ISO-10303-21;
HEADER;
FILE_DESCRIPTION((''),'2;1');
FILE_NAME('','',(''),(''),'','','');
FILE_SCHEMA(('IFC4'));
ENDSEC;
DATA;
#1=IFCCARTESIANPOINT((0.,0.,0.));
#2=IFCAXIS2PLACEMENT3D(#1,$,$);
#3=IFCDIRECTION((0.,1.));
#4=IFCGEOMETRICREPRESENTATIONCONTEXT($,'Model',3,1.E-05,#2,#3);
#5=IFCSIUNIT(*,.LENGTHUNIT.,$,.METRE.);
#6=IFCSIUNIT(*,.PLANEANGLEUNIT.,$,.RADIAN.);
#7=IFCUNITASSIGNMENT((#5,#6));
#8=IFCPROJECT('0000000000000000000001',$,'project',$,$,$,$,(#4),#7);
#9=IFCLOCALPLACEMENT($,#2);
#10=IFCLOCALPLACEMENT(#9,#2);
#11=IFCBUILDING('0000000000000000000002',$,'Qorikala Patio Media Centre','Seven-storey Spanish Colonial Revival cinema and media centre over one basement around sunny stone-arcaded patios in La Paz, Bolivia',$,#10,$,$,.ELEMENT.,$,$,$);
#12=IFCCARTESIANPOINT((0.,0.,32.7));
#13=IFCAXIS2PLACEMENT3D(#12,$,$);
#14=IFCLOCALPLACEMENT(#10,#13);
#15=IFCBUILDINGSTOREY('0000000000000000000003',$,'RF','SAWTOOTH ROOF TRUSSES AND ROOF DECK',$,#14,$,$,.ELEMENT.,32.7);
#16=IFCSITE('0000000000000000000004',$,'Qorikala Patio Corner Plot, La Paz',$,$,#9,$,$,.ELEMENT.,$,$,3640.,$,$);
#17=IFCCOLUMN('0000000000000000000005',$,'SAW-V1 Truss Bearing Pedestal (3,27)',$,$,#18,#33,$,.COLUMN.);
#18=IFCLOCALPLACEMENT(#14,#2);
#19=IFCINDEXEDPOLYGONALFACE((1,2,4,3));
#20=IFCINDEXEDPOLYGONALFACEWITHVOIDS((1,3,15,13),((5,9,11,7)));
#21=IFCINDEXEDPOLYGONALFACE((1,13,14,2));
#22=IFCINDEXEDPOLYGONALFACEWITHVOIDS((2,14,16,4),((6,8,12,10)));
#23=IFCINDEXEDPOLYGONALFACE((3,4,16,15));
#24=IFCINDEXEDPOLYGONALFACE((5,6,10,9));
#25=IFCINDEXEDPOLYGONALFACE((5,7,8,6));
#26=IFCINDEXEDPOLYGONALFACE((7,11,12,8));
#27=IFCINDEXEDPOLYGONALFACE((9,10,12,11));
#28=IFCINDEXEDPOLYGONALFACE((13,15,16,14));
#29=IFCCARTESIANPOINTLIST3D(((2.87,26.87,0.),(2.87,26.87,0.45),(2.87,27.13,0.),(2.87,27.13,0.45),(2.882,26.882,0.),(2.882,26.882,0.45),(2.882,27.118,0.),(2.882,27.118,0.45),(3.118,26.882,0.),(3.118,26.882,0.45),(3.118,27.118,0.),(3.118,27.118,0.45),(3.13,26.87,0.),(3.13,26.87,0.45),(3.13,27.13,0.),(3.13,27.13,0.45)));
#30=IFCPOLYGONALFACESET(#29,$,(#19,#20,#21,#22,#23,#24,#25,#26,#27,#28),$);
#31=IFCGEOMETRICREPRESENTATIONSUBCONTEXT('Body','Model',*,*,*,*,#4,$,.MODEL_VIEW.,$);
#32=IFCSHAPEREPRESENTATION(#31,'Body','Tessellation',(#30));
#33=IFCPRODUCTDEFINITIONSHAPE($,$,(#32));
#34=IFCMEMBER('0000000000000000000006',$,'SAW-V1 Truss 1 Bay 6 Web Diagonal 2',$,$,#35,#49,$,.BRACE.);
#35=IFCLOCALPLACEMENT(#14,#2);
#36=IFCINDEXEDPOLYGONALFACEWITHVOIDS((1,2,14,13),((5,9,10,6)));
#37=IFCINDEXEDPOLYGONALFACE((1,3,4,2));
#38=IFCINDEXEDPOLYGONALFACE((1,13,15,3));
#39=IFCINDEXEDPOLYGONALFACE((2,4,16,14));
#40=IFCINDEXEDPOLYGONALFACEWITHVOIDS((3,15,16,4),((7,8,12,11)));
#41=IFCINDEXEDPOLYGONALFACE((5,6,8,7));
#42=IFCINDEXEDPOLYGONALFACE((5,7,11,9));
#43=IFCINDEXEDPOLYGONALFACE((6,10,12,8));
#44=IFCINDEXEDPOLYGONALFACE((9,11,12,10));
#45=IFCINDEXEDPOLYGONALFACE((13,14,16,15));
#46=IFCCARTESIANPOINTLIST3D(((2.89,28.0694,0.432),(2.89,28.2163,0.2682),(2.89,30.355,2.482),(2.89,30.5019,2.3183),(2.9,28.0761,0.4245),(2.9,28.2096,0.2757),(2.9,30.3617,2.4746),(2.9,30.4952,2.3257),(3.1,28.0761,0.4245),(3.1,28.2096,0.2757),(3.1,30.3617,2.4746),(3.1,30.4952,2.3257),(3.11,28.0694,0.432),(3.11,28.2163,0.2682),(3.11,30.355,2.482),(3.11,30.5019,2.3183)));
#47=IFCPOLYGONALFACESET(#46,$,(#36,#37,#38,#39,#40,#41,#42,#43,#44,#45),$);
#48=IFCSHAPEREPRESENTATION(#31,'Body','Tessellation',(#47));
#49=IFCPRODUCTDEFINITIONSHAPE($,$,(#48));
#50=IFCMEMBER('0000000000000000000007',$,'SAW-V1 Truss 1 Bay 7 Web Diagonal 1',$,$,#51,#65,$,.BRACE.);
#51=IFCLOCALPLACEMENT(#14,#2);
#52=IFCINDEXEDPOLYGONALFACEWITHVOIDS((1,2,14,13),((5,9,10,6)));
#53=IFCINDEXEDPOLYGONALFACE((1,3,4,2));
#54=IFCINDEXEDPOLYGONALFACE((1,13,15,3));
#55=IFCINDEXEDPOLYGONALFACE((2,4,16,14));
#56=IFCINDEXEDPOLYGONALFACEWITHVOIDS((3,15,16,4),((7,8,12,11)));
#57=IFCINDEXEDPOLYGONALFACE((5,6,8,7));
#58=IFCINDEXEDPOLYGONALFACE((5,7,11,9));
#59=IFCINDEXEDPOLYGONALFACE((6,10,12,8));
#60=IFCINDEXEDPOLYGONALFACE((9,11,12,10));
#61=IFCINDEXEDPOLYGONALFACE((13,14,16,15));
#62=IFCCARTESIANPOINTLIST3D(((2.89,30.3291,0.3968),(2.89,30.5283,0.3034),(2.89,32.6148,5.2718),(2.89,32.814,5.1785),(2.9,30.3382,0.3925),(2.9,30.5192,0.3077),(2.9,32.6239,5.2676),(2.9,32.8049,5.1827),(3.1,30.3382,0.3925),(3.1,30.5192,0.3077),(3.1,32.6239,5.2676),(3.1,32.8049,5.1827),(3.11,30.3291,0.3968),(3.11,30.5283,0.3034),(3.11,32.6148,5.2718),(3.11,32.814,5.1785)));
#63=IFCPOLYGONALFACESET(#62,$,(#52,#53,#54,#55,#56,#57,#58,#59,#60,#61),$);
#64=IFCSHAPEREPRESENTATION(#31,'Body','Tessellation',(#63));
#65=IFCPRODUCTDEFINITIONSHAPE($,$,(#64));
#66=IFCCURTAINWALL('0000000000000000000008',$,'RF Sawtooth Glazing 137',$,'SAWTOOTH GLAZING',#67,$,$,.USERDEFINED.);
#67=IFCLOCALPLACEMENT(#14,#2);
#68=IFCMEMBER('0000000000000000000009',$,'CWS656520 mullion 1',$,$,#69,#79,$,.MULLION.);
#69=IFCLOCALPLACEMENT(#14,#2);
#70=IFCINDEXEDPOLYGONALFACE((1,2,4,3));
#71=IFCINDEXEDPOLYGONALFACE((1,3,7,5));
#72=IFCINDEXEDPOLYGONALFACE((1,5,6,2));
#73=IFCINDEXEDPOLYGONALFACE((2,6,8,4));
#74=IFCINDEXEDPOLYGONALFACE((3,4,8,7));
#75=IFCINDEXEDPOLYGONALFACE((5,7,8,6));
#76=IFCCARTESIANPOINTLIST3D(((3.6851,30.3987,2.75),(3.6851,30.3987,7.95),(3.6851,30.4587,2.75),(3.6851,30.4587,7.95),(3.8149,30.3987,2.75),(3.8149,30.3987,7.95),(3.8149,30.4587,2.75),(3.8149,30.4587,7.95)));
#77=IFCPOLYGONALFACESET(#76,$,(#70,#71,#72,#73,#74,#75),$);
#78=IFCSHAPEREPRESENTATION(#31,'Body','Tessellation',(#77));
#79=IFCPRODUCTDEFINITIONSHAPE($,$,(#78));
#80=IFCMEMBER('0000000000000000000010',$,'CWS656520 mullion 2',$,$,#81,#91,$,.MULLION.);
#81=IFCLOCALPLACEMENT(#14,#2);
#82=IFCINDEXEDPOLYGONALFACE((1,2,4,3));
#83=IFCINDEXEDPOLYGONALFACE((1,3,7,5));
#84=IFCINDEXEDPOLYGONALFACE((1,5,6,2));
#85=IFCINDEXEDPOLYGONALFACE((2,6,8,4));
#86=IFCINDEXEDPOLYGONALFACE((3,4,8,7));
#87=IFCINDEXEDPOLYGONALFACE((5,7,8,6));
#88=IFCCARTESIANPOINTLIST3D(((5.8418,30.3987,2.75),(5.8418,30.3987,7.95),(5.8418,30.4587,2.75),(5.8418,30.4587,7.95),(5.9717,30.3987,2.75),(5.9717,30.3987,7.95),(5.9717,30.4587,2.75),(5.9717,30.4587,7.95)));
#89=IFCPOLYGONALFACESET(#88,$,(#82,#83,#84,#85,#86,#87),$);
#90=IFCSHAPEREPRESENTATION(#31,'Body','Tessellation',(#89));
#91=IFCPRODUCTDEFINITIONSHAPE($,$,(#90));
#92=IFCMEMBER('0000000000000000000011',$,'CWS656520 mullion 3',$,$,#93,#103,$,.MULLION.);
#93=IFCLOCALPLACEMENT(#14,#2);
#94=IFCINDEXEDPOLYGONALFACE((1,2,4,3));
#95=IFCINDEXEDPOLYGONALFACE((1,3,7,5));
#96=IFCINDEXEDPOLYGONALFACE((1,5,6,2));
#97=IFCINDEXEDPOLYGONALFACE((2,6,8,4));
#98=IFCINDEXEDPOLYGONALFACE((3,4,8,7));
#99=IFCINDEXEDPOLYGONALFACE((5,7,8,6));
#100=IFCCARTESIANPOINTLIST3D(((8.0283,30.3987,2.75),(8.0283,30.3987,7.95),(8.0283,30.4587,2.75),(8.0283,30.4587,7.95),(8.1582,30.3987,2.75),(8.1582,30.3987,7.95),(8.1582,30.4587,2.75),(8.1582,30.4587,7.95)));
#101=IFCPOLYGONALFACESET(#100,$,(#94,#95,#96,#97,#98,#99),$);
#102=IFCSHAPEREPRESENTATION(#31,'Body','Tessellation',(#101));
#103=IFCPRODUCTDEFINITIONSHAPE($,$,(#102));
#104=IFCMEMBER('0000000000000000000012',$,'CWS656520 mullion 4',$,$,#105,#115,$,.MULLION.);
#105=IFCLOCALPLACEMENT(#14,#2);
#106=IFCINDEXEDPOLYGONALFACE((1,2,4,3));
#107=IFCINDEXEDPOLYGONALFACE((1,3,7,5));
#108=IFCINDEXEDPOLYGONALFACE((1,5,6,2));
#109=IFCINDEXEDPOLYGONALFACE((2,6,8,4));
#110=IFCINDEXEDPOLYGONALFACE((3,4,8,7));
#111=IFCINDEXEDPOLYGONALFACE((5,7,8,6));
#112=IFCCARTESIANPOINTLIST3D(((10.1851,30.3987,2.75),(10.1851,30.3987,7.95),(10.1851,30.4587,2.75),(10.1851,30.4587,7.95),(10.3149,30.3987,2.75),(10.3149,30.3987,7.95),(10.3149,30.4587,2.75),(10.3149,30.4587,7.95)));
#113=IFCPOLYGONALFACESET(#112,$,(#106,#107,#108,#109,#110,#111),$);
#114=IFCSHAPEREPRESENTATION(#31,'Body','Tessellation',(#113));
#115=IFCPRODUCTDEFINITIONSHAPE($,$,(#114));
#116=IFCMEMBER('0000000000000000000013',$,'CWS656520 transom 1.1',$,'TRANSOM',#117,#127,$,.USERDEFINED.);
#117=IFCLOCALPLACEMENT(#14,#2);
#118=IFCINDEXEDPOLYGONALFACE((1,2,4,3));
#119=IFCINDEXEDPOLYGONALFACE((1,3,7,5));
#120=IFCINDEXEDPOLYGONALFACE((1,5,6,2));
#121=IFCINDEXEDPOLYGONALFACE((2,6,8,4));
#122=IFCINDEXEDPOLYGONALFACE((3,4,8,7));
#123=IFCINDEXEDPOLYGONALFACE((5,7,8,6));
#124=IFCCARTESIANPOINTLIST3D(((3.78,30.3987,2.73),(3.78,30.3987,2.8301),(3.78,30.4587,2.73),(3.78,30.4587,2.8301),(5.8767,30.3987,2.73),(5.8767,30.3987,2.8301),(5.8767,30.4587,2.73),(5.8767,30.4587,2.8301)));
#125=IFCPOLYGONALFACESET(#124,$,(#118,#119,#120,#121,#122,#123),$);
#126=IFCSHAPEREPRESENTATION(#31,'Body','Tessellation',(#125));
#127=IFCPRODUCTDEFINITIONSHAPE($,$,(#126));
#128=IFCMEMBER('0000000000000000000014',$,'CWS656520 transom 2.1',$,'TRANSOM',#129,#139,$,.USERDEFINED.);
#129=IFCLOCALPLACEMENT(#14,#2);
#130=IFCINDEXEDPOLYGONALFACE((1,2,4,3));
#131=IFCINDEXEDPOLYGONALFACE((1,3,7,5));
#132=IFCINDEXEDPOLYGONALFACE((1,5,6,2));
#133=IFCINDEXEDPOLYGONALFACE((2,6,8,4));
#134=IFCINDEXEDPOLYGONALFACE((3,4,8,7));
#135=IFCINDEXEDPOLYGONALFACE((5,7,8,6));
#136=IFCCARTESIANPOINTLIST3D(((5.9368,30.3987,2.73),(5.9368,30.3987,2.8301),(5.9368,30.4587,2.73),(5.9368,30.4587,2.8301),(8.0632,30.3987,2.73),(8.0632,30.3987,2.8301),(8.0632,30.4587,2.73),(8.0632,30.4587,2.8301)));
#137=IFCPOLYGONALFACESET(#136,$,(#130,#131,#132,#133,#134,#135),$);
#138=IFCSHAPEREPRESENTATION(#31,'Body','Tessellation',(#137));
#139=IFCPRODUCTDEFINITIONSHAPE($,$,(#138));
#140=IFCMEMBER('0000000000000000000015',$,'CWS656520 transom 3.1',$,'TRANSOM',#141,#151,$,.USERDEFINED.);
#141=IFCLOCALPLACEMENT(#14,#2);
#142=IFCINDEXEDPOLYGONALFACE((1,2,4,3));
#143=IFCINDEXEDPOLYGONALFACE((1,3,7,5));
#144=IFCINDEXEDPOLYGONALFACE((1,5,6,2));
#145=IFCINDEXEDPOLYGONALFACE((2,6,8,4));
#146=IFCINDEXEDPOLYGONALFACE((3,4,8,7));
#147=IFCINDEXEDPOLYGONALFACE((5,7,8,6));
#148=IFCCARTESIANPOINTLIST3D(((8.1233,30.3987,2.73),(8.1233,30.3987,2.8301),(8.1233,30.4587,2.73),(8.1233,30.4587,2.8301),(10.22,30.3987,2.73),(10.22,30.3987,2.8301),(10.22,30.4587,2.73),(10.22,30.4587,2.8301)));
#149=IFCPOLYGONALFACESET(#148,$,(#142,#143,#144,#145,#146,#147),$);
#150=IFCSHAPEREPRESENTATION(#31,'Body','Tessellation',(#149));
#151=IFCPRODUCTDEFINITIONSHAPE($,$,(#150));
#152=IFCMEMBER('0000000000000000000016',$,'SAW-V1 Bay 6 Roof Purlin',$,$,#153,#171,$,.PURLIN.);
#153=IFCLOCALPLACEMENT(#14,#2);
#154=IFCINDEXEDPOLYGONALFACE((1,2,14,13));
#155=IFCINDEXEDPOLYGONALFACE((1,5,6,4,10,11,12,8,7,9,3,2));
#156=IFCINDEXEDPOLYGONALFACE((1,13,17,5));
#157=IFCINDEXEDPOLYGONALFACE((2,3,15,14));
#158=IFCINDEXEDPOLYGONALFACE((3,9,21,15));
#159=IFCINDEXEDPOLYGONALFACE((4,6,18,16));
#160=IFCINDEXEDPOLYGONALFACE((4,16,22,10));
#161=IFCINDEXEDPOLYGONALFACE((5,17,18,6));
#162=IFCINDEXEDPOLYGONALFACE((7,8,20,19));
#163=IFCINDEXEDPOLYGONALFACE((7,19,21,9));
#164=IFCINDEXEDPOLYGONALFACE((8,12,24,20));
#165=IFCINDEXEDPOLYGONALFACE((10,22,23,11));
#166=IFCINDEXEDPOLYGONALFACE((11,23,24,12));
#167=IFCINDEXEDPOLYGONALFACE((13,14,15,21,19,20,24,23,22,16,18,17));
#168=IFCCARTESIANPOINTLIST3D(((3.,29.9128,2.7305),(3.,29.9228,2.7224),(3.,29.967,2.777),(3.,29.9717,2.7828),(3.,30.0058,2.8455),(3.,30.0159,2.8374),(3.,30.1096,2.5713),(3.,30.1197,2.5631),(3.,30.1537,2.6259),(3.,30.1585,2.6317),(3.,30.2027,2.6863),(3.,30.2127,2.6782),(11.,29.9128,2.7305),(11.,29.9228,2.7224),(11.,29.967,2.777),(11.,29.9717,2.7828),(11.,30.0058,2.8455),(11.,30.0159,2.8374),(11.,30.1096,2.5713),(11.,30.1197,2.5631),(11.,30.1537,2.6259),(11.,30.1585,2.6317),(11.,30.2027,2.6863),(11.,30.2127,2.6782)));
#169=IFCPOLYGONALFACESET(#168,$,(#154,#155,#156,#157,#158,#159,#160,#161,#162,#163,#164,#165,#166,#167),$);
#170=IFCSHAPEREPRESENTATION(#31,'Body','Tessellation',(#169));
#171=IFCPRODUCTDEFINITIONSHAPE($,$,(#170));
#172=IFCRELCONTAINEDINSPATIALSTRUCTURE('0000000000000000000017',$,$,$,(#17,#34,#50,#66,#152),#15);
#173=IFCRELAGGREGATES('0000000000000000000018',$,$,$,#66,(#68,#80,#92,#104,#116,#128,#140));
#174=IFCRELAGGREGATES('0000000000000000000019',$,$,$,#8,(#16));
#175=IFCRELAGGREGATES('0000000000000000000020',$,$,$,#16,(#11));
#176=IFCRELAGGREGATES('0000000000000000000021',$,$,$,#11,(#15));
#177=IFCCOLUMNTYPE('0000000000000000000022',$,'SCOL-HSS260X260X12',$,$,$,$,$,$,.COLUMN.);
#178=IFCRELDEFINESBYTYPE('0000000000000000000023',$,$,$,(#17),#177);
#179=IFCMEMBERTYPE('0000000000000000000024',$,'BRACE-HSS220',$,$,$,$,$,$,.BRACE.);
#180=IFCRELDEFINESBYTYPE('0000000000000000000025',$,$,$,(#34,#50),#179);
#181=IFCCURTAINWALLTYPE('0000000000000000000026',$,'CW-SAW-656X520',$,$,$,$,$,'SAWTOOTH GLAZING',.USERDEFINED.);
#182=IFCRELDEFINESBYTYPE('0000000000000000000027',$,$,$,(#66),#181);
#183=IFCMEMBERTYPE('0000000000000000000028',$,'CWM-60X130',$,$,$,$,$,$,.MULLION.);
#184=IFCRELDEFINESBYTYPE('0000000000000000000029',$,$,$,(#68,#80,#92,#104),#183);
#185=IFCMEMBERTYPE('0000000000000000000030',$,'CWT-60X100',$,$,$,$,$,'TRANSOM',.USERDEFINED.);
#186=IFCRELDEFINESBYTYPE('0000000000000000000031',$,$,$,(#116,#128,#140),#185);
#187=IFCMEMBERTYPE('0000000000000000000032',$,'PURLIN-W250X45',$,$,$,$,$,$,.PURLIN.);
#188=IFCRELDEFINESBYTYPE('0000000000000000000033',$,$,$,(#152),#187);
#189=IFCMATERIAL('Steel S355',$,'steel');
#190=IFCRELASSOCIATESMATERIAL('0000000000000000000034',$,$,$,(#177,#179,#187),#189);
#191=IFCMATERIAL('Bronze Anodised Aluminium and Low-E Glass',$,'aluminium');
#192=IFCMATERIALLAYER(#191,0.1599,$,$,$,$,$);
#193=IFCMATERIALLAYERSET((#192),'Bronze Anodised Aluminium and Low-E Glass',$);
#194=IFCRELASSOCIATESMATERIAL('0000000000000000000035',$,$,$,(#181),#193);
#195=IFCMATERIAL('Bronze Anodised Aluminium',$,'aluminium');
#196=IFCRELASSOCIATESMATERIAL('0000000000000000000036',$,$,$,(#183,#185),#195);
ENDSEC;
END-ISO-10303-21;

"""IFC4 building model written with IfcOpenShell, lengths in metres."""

from ifc_helpers import new_model, si_unit, direction, frame, origin, origin_2d, place, context, subcontext, project, spatial, rectangle, hollow_rectangle, i_section, extrude, material, layer, layer_set, material_profile, profile_set, type_object, element, aggregate, save


model = new_model("IFC4")

# Units and contexts
model_context = context("Model", 3, precision=1e-05, world=origin(), true_north=direction((0.0, 1.0)))
body_context = subcontext(model_context, "Body", "Model", "MODEL_VIEW")
ifc_project = project(units=[si_unit("LENGTHUNIT", "METRE"), si_unit("PLANEANGLEUNIT", "RADIAN")], contexts=[model_context])

# Site, building, storey
site_placement = place(None, origin())
site = spatial("IfcSite", under=ifc_project, at=site_placement, Name="Qorikala Patio Corner Plot, La Paz", CompositionType="ELEMENT", RefElevation=3640.0)
building_placement = place(site_placement, origin())
building = spatial("IfcBuilding", under=site, at=building_placement, Name="Qorikala Patio Media Centre", Description="Seven-storey Spanish Colonial Revival cinema and media centre over one basement around sunny stone-arcaded patios in La Paz, Bolivia", CompositionType="ELEMENT")
storey_placement = place(building_placement, frame((0.0, 0.0, 32.7)))
storey = spatial("IfcBuildingStorey", under=building, at=storey_placement, Name="RF", Description="SAWTOOTH ROOF TRUSSES AND ROOF DECK", CompositionType="ELEMENT", Elevation=32.7)

# Column
ifc_material_1 = material(Name="Steel S355", Category="steel")
ifc_material_profile_1 = material_profile(ifc_material_1, hollow_rectangle(XDim=0.26, YDim=0.26, WallThickness=0.012, at=origin_2d()), Name="HSS260X260X12")
ifc_profile_set_1 = profile_set([ifc_material_profile_1], Name="Steel S355")
column_type = type_object("IfcColumnType", Name="SCOL-HSS260X260X12", PredefinedType="COLUMN", material=ifc_profile_set_1)
column_placement = place(storey_placement, frame((3.0, 27.0, 0.0), z_axis=(0.0, 0.0, 1.0), x_axis=(1.0, 0.0, 0.0)))
element("IfcColumn", 1, at=column_placement, inside=storey, type_object=column_type, Name="SAW-V1 Truss Bearing Pedestal (3,27)", PredefinedType="COLUMN", context=body_context, shape_type="SweptSolid", body=[
    extrude(hollow_rectangle(XDim=0.26, YDim=0.26, WallThickness=0.012, at=origin_2d()), origin(), (0.0, 0.0, 1.0), 0.45),
])

# Members
ifc_material_profile_2 = material_profile(ifc_material_1, hollow_rectangle(XDim=0.22, YDim=0.22, WallThickness=0.01, at=origin_2d()), Name="HSS220X220X10")
ifc_profile_set_2 = profile_set([ifc_material_profile_2], Name="Steel S355")
member_type_1 = type_object("IfcMemberType", Name="BRACE-HSS220", PredefinedType="BRACE", material=ifc_profile_set_2)
member_1_placement = place(storey_placement, frame((3.0, 28.1428, 0.3501), z_axis=(0.0, 0.744432, 0.667699), x_axis=(-1.0, 0.0, 0.0)))
element("IfcMember", 2, at=member_1_placement, inside=storey, type_object=member_type_1, Name="SAW-V1 Truss 1 Bay 6 Web Diagonal 2", PredefinedType="BRACE", context=body_context, shape_type="SweptSolid", body=[
    extrude(hollow_rectangle(XDim=0.22, YDim=0.22, WallThickness=0.01, at=origin_2d()), origin(), (0.0, 0.0, 1.0), 3.0703),
])
member_2_placement = place(storey_placement, frame((3.0, 30.4287, 0.3501), z_axis=(0.0, 0.424508, 0.905424), x_axis=(-1.0, 0.0, 0.0)))
element("IfcMember", 3, at=member_2_placement, inside=storey, type_object=member_type_1, Name="SAW-V1 Truss 1 Bay 7 Web Diagonal 1", PredefinedType="BRACE", context=body_context, shape_type="SweptSolid", body=[
    extrude(hollow_rectangle(XDim=0.22, YDim=0.22, WallThickness=0.01, at=origin_2d()), origin(), (0.0, 0.0, 1.0), 5.3843),
])

# Curtain wall, members
ifc_material_2 = material(Name="Bronze Anodised Aluminium and Low-E Glass", Category="aluminium")
ifc_layer_1 = layer(ifc_material_2, 0.1599)
ifc_layer_set_1 = layer_set([ifc_layer_1], Name="Bronze Anodised Aluminium and Low-E Glass")
curtain_wall_type = type_object("IfcCurtainWallType", Name="CW-SAW-656X520", ElementType="SAWTOOTH GLAZING", PredefinedType="USERDEFINED", material=ifc_layer_set_1)
curtain_wall_placement = place(storey_placement, origin())
curtain_wall = element("IfcCurtainWall", 4, at=curtain_wall_placement, inside=storey, type_object=curtain_wall_type, Name="RF Sawtooth Glazing 137", ObjectType="SAWTOOTH GLAZING", PredefinedType="USERDEFINED")
ifc_material_3 = material(Name="Bronze Anodised Aluminium", Category="aluminium")
ifc_material_profile_3 = material_profile(ifc_material_3, rectangle(XDim=0.0601, YDim=0.1299, at=origin_2d()), Name="ALU MULLION 60x130")
ifc_profile_set_3 = profile_set([ifc_material_profile_3], Name="Bronze Anodised Aluminium")
member_type_2 = type_object("IfcMemberType", Name="CWM-60X130", PredefinedType="MULLION", material=ifc_profile_set_3)
member_3_placement = place(storey_placement, frame((3.75, 30.4287, 2.75), z_axis=(0.0, 0.0, 1.0), x_axis=(0.0, 1.0, 0.0)))
member_3 = element("IfcMember", 5, at=member_3_placement, type_object=member_type_2, Name="CWS656520 mullion 1", PredefinedType="MULLION", context=body_context, shape_type="SweptSolid", body=[
    extrude(rectangle(XDim=0.0601, YDim=0.1299, at=origin_2d()), origin(), (0.0, 0.0, 1.0), 5.2),
])
member_4_placement = place(storey_placement, frame((5.9067, 30.4287, 2.75), z_axis=(0.0, 0.0, 1.0), x_axis=(0.0, 1.0, 0.0)))
member_4 = element("IfcMember", 6, at=member_4_placement, type_object=member_type_2, Name="CWS656520 mullion 2", PredefinedType="MULLION", context=body_context, shape_type="SweptSolid", body=[
    extrude(rectangle(XDim=0.0601, YDim=0.1299, at=origin_2d()), origin(), (0.0, 0.0, 1.0), 5.2),
])
member_5_placement = place(storey_placement, frame((8.0933, 30.4287, 2.75), z_axis=(0.0, 0.0, 1.0), x_axis=(0.0, 1.0, 0.0)))
member_5 = element("IfcMember", 7, at=member_5_placement, type_object=member_type_2, Name="CWS656520 mullion 3", PredefinedType="MULLION", context=body_context, shape_type="SweptSolid", body=[
    extrude(rectangle(XDim=0.0601, YDim=0.1299, at=origin_2d()), origin(), (0.0, 0.0, 1.0), 5.2),
])
member_6_placement = place(storey_placement, frame((10.25, 30.4287, 2.75), z_axis=(0.0, 0.0, 1.0), x_axis=(0.0, 1.0, 0.0)))
member_6 = element("IfcMember", 8, at=member_6_placement, type_object=member_type_2, Name="CWS656520 mullion 4", PredefinedType="MULLION", context=body_context, shape_type="SweptSolid", body=[
    extrude(rectangle(XDim=0.0601, YDim=0.1299, at=origin_2d()), origin(), (0.0, 0.0, 1.0), 5.2),
])
ifc_material_profile_4 = material_profile(ifc_material_3, rectangle(XDim=0.0601, YDim=0.1001, at=origin_2d()), Name="ALU TRANSOM 60x100")
ifc_profile_set_4 = profile_set([ifc_material_profile_4], Name="Bronze Anodised Aluminium")
member_type_3 = type_object("IfcMemberType", Name="CWT-60X100", ElementType="TRANSOM", PredefinedType="USERDEFINED", material=ifc_profile_set_4)
member_7_placement = place(storey_placement, frame((3.78, 30.4287, 2.78), z_axis=(1.0, 0.0, 0.0), x_axis=(0.0, 1.0, 0.0)))
member_7 = element("IfcMember", 9, at=member_7_placement, type_object=member_type_3, Name="CWS656520 transom 1.1", ObjectType="TRANSOM", PredefinedType="USERDEFINED", context=body_context, shape_type="SweptSolid", body=[
    extrude(rectangle(XDim=0.0601, YDim=0.1001, at=origin_2d()), origin(), (0.0, 0.0, 1.0), 2.0967),
])
member_8_placement = place(storey_placement, frame((5.9368, 30.4287, 2.78), z_axis=(1.0, 0.0, 0.0), x_axis=(0.0, 1.0, 0.0)))
member_8 = element("IfcMember", 10, at=member_8_placement, type_object=member_type_3, Name="CWS656520 transom 2.1", ObjectType="TRANSOM", PredefinedType="USERDEFINED", context=body_context, shape_type="SweptSolid", body=[
    extrude(rectangle(XDim=0.0601, YDim=0.1001, at=origin_2d()), origin(), (0.0, 0.0, 1.0), 2.1265),
])
member_9_placement = place(storey_placement, frame((8.1233, 30.4287, 2.78), z_axis=(1.0, 0.0, 0.0), x_axis=(0.0, 1.0, 0.0)))
member_9 = element("IfcMember", 11, at=member_9_placement, type_object=member_type_3, Name="CWS656520 transom 3.1", ObjectType="TRANSOM", PredefinedType="USERDEFINED", context=body_context, shape_type="SweptSolid", body=[
    extrude(rectangle(XDim=0.0601, YDim=0.1001, at=origin_2d()), origin(), (0.0, 0.0, 1.0), 2.0967),
])

# Member
ifc_material_profile_5 = material_profile(ifc_material_1, i_section(OverallWidth=0.1479, OverallDepth=0.2661, WebThickness=0.0076, FlangeThickness=0.0129, at=origin_2d()), Name="W250X45")
ifc_profile_set_5 = profile_set([ifc_material_profile_5], Name="Steel S355")
member_type_4 = type_object("IfcMemberType", Name="PURLIN-W250X45", PredefinedType="PURLIN", material=ifc_profile_set_5)
member_10_placement = place(storey_placement, frame((3.0, 30.0627, 2.7043), z_axis=(1.0, 0.0, 0.0), x_axis=(0.0, 0.628995, 0.77741)))
element("IfcMember", 12, at=member_10_placement, inside=storey, type_object=member_type_4, Name="SAW-V1 Bay 6 Roof Purlin", PredefinedType="PURLIN", context=body_context, shape_type="SweptSolid", body=[
    extrude(i_section(OverallWidth=0.1479, OverallDepth=0.2661, WebThickness=0.0076, FlangeThickness=0.0129, at=origin_2d()), origin(), (0.0, 0.0, 1.0), 8.0),
])

aggregate(curtain_wall, [member_3, member_4, member_5, member_6, member_7, member_8, member_9])

save(model, "model.ifc")
